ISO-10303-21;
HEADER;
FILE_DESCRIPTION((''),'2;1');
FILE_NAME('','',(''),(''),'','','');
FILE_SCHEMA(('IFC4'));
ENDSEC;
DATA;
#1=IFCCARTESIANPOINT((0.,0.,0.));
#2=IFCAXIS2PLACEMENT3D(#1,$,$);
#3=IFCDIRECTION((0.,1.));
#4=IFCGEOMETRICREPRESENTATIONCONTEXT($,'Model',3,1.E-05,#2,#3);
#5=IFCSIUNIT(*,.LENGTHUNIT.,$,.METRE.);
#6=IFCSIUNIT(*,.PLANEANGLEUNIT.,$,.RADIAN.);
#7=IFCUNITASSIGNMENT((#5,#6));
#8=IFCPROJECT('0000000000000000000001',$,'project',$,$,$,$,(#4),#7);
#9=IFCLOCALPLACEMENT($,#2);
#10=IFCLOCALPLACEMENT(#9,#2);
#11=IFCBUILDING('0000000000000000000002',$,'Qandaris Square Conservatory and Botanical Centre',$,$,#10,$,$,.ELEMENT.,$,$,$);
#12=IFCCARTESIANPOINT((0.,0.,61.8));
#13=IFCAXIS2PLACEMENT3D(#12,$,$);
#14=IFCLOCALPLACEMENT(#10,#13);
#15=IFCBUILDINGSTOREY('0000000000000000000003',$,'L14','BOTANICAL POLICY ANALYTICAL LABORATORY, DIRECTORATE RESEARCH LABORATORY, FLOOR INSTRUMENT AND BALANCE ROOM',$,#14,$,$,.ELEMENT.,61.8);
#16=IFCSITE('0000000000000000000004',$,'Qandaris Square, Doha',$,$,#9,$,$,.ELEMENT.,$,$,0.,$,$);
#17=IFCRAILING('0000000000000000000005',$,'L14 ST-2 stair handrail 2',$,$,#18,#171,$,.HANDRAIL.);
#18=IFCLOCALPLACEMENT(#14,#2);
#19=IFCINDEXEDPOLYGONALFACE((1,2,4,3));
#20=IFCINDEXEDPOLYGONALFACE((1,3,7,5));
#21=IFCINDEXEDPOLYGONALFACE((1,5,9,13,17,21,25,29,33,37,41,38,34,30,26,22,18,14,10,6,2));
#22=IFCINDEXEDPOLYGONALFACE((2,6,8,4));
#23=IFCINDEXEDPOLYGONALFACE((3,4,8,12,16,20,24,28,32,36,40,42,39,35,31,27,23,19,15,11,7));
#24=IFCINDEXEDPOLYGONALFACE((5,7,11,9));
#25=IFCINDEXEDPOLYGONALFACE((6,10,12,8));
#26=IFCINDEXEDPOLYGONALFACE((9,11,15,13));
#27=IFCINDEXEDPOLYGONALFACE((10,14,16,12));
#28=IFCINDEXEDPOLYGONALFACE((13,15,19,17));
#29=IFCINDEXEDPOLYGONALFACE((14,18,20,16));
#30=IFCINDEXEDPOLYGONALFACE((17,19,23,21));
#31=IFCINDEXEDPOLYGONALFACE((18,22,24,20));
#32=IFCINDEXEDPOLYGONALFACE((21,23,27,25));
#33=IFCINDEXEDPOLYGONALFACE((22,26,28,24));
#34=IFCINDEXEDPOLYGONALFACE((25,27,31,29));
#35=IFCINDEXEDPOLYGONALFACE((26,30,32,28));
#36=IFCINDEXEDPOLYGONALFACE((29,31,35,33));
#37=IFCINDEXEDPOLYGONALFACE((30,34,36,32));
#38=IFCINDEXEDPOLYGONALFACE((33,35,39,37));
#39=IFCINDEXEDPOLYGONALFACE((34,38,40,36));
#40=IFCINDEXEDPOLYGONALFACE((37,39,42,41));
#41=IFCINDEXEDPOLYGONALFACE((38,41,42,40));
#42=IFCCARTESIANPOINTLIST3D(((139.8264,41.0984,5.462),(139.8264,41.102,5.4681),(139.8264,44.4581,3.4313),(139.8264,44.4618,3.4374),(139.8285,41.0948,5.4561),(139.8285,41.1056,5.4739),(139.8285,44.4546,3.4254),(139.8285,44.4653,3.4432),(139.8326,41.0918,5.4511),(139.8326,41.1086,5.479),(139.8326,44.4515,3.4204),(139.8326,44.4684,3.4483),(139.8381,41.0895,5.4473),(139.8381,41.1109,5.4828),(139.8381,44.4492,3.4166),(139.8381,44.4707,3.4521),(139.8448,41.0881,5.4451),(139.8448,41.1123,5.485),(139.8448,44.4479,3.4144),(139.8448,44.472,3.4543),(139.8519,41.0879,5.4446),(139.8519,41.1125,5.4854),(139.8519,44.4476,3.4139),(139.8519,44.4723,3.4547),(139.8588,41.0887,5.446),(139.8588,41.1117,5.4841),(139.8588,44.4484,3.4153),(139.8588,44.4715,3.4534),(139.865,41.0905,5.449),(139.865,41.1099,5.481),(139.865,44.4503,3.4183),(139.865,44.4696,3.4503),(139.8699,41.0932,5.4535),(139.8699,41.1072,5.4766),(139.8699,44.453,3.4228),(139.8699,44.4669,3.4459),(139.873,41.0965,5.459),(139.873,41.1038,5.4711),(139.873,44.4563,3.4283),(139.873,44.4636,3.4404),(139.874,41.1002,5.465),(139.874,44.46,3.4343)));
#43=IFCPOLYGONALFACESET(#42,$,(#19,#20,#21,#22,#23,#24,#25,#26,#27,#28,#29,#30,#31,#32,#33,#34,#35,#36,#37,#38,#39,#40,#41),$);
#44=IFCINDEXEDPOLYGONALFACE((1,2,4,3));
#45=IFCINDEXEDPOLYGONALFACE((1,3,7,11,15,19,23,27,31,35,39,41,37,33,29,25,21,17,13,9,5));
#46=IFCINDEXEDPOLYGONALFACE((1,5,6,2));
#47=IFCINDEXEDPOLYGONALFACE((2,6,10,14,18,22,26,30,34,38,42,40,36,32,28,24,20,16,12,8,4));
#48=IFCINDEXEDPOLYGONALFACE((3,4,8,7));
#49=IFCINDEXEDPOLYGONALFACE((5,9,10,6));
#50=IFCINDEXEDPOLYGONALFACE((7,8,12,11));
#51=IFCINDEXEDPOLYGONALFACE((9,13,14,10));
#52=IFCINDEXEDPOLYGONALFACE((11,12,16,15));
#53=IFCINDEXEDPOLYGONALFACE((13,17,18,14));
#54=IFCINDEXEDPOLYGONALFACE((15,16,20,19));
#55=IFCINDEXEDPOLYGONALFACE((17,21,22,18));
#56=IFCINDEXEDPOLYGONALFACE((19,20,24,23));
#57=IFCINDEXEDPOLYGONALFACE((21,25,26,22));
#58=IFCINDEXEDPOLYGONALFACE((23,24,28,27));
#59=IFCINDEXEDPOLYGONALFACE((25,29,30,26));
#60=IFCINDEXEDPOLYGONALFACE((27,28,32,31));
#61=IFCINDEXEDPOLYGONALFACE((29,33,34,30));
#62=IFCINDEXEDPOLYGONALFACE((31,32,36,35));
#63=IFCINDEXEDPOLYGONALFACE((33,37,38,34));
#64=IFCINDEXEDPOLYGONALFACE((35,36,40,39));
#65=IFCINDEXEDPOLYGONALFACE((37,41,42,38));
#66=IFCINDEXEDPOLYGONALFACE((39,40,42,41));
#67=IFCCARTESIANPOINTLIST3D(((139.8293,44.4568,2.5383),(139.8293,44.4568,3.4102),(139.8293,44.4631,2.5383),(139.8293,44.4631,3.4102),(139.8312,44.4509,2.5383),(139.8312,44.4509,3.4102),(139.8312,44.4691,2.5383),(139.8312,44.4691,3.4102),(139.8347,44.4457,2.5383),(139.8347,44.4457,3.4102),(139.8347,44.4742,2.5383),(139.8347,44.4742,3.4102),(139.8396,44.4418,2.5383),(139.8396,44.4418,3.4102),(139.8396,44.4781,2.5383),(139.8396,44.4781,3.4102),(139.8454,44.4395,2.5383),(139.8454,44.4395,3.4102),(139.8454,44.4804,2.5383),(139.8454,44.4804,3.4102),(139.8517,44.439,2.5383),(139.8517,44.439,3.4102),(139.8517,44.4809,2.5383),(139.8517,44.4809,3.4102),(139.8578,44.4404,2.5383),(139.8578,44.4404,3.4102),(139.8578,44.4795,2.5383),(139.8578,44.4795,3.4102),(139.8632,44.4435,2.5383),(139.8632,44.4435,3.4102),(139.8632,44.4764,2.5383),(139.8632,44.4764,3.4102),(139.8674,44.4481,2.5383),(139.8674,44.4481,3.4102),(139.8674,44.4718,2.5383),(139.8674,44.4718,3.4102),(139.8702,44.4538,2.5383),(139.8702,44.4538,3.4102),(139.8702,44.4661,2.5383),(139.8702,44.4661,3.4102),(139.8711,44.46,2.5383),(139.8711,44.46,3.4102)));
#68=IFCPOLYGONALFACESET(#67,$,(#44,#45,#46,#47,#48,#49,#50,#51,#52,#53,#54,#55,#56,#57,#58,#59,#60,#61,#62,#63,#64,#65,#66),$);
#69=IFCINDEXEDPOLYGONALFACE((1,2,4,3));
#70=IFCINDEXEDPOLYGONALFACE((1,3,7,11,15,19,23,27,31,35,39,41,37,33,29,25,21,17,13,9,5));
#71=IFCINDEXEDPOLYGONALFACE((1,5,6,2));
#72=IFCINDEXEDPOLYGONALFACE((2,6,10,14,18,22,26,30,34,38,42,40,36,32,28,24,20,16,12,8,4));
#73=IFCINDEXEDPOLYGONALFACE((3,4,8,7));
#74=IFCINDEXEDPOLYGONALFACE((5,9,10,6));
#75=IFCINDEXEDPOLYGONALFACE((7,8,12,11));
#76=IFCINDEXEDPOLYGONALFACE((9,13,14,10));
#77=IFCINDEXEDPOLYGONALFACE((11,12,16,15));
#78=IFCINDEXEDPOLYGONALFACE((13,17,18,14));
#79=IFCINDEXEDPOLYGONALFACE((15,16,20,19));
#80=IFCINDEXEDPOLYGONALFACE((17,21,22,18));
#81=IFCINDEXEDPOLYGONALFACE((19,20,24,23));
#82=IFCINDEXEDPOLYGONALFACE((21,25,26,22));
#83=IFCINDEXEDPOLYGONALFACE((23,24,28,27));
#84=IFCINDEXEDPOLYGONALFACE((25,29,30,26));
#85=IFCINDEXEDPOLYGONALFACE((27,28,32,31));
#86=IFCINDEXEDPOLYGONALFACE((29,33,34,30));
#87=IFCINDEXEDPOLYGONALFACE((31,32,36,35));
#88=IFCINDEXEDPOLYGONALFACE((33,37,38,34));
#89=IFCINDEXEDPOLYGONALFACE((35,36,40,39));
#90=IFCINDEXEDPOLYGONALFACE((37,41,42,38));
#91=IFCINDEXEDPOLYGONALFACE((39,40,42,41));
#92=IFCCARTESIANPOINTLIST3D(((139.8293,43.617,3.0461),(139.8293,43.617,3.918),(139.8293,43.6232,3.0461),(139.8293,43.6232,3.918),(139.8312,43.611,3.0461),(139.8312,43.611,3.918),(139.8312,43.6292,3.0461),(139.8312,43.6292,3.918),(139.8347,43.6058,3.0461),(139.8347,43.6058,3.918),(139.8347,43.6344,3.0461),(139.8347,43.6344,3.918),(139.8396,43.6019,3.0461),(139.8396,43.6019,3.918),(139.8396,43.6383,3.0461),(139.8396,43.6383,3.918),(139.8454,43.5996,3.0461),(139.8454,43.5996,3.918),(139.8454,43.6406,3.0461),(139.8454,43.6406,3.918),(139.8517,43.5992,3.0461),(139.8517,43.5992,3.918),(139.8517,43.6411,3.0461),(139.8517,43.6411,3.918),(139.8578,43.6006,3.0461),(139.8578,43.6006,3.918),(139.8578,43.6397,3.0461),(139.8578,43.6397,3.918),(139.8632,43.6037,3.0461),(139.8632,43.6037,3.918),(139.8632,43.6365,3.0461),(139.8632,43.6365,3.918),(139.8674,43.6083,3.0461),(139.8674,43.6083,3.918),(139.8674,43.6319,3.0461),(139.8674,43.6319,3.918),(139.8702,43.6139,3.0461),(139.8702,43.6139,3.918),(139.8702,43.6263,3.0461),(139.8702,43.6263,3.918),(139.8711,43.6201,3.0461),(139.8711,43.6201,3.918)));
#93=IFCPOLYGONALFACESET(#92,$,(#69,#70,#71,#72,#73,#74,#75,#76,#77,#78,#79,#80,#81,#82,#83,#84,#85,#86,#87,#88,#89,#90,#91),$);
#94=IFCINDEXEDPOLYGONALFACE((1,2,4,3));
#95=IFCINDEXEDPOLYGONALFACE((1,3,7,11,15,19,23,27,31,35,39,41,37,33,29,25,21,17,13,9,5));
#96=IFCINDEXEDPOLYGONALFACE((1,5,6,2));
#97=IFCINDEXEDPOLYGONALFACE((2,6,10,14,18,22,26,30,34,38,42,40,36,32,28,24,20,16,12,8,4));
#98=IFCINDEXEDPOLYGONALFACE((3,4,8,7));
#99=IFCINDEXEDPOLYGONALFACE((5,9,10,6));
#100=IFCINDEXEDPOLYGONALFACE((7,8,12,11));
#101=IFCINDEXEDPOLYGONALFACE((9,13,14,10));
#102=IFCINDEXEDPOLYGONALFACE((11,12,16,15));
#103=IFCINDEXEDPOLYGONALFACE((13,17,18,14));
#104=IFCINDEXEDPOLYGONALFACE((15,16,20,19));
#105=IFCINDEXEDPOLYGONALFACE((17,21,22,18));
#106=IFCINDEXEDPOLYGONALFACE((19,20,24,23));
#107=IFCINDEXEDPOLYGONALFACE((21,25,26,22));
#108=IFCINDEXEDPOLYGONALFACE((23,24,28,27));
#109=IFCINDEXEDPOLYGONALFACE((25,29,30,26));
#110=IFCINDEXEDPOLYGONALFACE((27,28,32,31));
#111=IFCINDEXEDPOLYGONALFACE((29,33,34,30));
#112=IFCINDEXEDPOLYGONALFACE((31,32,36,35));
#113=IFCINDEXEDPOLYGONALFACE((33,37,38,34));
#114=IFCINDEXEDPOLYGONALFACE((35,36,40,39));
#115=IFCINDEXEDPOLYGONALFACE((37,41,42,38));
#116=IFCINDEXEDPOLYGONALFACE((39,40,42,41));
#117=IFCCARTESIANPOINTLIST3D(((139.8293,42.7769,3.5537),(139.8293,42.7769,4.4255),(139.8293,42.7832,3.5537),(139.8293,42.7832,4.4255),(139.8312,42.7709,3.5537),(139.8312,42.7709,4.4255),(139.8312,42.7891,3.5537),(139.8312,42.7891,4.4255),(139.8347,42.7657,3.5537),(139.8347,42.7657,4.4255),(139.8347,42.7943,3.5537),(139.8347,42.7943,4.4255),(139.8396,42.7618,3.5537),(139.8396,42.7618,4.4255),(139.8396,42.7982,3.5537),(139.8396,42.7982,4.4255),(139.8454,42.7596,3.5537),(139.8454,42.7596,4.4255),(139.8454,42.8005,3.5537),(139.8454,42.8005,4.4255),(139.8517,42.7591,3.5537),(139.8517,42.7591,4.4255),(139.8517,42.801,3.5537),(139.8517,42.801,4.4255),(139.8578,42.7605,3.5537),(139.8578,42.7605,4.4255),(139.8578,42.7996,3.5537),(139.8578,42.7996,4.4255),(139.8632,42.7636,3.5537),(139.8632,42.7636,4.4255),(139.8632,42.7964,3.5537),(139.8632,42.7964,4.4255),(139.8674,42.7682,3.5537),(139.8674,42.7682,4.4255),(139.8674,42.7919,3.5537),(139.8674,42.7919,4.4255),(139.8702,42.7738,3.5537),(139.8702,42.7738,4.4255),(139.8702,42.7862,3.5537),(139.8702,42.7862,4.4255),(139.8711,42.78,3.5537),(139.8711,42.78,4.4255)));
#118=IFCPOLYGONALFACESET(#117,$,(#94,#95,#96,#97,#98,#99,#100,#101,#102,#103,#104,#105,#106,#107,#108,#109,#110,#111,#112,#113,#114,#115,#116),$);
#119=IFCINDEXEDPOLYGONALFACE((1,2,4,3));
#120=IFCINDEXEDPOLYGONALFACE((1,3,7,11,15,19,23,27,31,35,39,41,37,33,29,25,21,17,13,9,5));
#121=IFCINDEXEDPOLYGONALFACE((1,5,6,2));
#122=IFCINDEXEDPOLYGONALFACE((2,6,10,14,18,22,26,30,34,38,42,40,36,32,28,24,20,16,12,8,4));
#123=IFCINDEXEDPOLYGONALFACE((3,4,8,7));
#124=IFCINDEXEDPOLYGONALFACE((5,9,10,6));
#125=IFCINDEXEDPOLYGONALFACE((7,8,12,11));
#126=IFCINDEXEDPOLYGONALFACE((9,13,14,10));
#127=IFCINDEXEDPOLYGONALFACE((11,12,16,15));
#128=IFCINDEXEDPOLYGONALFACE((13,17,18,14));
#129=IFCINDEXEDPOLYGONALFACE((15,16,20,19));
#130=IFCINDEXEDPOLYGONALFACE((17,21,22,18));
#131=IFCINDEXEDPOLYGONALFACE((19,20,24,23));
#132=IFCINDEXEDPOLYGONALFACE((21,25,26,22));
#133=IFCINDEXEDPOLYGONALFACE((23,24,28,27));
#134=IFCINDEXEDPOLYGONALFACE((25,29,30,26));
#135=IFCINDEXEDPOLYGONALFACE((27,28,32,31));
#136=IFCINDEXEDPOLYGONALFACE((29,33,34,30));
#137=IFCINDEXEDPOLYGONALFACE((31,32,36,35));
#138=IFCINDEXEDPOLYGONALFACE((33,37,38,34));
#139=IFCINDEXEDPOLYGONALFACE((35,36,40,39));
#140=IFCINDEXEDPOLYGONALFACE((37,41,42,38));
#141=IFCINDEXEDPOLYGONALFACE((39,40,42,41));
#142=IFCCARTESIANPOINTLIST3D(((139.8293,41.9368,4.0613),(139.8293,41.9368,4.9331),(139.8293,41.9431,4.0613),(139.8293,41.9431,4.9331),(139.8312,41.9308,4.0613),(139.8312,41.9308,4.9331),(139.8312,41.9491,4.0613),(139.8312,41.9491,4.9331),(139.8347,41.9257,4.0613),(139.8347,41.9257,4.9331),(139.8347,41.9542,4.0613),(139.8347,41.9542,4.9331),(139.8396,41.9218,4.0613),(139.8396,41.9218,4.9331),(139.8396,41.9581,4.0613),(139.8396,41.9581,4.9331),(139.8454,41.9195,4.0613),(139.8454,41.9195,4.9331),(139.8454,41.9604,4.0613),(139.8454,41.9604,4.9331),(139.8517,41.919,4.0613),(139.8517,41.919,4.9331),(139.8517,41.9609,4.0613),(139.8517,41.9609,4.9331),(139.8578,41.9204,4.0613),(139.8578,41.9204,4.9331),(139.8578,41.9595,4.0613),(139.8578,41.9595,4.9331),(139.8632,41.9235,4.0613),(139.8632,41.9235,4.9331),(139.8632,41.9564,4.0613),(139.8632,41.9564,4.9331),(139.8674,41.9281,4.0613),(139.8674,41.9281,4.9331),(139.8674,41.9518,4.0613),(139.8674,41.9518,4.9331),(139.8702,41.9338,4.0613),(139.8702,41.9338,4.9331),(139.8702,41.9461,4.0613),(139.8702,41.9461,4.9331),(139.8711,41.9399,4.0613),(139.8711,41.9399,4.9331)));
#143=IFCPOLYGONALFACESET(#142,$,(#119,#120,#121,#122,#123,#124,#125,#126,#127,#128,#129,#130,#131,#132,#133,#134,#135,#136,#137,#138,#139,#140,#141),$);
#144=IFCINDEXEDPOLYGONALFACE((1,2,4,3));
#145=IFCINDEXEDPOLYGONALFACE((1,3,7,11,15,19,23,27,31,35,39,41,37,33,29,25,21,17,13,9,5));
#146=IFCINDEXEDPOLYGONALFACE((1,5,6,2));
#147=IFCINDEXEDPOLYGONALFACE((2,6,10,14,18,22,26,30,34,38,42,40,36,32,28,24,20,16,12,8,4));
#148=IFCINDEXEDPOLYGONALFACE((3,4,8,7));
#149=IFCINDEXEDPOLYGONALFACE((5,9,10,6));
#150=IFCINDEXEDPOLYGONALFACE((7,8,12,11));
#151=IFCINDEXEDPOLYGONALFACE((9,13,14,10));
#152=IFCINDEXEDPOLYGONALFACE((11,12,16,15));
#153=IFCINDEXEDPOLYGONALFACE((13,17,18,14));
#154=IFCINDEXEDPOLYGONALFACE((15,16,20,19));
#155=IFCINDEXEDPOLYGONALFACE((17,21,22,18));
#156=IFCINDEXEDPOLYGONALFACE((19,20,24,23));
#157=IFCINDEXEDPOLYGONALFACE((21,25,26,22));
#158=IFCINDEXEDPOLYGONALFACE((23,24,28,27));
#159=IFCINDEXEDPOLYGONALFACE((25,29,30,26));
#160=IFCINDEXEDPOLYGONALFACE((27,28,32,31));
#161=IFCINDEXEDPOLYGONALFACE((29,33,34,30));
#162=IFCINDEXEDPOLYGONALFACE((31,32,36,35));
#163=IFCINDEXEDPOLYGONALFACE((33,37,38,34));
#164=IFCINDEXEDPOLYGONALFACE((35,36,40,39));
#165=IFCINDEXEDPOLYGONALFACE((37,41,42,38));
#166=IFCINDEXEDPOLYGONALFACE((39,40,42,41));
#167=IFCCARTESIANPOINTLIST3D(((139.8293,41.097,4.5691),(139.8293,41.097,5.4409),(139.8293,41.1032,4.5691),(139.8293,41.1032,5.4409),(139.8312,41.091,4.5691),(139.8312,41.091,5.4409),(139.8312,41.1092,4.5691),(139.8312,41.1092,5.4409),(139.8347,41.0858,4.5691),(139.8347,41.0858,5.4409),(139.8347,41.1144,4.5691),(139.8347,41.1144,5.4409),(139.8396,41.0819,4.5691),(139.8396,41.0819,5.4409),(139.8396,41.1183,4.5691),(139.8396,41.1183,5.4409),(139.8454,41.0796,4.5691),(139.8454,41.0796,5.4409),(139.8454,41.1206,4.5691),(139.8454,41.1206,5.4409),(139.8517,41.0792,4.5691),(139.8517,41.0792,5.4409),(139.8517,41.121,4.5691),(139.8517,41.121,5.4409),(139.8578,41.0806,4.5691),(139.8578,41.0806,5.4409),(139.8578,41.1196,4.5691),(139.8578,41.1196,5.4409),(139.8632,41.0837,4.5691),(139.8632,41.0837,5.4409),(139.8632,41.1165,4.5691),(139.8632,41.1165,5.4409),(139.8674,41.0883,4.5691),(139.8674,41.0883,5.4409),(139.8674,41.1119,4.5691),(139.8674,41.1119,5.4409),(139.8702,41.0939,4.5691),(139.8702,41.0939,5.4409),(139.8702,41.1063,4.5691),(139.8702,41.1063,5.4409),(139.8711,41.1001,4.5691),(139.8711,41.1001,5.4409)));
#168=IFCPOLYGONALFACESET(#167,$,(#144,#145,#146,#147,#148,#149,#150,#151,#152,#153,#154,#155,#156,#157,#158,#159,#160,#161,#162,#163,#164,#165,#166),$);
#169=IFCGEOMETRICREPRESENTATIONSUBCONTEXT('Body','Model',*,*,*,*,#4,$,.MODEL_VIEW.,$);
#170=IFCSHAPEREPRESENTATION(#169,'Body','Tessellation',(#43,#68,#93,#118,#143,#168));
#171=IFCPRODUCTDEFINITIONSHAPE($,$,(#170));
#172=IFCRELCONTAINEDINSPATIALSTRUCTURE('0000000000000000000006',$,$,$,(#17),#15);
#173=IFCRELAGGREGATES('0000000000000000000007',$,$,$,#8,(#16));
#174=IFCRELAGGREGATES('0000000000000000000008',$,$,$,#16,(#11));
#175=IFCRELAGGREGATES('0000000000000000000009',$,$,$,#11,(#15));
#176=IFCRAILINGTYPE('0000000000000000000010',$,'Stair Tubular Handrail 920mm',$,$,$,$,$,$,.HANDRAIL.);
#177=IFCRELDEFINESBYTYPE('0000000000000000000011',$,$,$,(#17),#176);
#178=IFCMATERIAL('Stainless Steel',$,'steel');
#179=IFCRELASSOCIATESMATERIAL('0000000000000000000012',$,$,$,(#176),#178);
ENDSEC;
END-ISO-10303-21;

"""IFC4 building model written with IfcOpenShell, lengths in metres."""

from ifc_helpers import new_model, si_unit, direction, frame, origin, origin_2d, place, context, subcontext, project, spatial, circle, extrude, material, type_object, element, save


model = new_model("IFC4")

# Units and contexts
model_context = context("Model", 3, precision=1e-05, world=origin(), true_north=direction((0.0, 1.0)))
body_context = subcontext(model_context, "Body", "Model", "MODEL_VIEW")
ifc_project = project(units=[si_unit("LENGTHUNIT", "METRE"), si_unit("PLANEANGLEUNIT", "RADIAN")], contexts=[model_context])

# Site, building, storey
site_placement = place(None, origin())
site = spatial("IfcSite", under=ifc_project, at=site_placement, Name="Qandaris Square, Doha", CompositionType="ELEMENT", RefElevation=0.0)
building_placement = place(site_placement, origin())
building = spatial("IfcBuilding", under=site, at=building_placement, Name="Qandaris Square Conservatory and Botanical Centre", CompositionType="ELEMENT")
storey_placement = place(building_placement, frame((0.0, 0.0, 61.8)))
storey = spatial("IfcBuildingStorey", under=building, at=storey_placement, Name="L14", Description="BOTANICAL POLICY ANALYTICAL LABORATORY, DIRECTORATE RESEARCH LABORATORY, FLOOR INSTRUMENT AND BALANCE ROOM", CompositionType="ELEMENT", Elevation=61.8)

# Railing
ifc_material_1 = material(Name="Stainless Steel", Category="steel")
railing_type_1 = type_object("IfcRailingType", Name="Stair Tubular Handrail 920mm", PredefinedType="HANDRAIL", material=ifc_material_1)
railing_1_placement = place(storey_placement, frame((139.8501, 44.46, 2.5383)))
element("IfcRailing", 1, at=railing_1_placement, inside=storey, type_object=railing_type_1, Name="L14 ST-2 stair handrail 2", PredefinedType="HANDRAIL", context=body_context, shape_type="SweptSolid", body=[
    extrude(circle(Radius=0.0239, at=origin_2d()), frame((0.0, 0.0, 0.896), z_axis=(0.0, -0.85582, 0.517273), x_axis=(1.0, 0.0, 0.0)), (0.0, 0.0, 1.0), 3.9258),
    extrude(circle(Radius=0.021, at=origin_2d()), origin(), (0.0, 0.0, 1.0), 0.8718),
    extrude(circle(Radius=0.021, at=origin_2d()), frame((0.0, -0.8398, 0.5078)), (0.0, 0.0, 1.0), 0.8718),
    extrude(circle(Radius=0.021, at=origin_2d()), frame((0.0, -1.6799, 1.0154)), (0.0, 0.0, 1.0), 0.8718),
    extrude(circle(Radius=0.021, at=origin_2d()), frame((0.0, -2.52, 1.5229)), (0.0, 0.0, 1.0), 0.8718),
    extrude(circle(Radius=0.021, at=origin_2d()), frame((0.0, -3.3599, 2.0308)), (0.0, 0.0, 1.0), 0.8718),
])

save(model, "model.ifc")
